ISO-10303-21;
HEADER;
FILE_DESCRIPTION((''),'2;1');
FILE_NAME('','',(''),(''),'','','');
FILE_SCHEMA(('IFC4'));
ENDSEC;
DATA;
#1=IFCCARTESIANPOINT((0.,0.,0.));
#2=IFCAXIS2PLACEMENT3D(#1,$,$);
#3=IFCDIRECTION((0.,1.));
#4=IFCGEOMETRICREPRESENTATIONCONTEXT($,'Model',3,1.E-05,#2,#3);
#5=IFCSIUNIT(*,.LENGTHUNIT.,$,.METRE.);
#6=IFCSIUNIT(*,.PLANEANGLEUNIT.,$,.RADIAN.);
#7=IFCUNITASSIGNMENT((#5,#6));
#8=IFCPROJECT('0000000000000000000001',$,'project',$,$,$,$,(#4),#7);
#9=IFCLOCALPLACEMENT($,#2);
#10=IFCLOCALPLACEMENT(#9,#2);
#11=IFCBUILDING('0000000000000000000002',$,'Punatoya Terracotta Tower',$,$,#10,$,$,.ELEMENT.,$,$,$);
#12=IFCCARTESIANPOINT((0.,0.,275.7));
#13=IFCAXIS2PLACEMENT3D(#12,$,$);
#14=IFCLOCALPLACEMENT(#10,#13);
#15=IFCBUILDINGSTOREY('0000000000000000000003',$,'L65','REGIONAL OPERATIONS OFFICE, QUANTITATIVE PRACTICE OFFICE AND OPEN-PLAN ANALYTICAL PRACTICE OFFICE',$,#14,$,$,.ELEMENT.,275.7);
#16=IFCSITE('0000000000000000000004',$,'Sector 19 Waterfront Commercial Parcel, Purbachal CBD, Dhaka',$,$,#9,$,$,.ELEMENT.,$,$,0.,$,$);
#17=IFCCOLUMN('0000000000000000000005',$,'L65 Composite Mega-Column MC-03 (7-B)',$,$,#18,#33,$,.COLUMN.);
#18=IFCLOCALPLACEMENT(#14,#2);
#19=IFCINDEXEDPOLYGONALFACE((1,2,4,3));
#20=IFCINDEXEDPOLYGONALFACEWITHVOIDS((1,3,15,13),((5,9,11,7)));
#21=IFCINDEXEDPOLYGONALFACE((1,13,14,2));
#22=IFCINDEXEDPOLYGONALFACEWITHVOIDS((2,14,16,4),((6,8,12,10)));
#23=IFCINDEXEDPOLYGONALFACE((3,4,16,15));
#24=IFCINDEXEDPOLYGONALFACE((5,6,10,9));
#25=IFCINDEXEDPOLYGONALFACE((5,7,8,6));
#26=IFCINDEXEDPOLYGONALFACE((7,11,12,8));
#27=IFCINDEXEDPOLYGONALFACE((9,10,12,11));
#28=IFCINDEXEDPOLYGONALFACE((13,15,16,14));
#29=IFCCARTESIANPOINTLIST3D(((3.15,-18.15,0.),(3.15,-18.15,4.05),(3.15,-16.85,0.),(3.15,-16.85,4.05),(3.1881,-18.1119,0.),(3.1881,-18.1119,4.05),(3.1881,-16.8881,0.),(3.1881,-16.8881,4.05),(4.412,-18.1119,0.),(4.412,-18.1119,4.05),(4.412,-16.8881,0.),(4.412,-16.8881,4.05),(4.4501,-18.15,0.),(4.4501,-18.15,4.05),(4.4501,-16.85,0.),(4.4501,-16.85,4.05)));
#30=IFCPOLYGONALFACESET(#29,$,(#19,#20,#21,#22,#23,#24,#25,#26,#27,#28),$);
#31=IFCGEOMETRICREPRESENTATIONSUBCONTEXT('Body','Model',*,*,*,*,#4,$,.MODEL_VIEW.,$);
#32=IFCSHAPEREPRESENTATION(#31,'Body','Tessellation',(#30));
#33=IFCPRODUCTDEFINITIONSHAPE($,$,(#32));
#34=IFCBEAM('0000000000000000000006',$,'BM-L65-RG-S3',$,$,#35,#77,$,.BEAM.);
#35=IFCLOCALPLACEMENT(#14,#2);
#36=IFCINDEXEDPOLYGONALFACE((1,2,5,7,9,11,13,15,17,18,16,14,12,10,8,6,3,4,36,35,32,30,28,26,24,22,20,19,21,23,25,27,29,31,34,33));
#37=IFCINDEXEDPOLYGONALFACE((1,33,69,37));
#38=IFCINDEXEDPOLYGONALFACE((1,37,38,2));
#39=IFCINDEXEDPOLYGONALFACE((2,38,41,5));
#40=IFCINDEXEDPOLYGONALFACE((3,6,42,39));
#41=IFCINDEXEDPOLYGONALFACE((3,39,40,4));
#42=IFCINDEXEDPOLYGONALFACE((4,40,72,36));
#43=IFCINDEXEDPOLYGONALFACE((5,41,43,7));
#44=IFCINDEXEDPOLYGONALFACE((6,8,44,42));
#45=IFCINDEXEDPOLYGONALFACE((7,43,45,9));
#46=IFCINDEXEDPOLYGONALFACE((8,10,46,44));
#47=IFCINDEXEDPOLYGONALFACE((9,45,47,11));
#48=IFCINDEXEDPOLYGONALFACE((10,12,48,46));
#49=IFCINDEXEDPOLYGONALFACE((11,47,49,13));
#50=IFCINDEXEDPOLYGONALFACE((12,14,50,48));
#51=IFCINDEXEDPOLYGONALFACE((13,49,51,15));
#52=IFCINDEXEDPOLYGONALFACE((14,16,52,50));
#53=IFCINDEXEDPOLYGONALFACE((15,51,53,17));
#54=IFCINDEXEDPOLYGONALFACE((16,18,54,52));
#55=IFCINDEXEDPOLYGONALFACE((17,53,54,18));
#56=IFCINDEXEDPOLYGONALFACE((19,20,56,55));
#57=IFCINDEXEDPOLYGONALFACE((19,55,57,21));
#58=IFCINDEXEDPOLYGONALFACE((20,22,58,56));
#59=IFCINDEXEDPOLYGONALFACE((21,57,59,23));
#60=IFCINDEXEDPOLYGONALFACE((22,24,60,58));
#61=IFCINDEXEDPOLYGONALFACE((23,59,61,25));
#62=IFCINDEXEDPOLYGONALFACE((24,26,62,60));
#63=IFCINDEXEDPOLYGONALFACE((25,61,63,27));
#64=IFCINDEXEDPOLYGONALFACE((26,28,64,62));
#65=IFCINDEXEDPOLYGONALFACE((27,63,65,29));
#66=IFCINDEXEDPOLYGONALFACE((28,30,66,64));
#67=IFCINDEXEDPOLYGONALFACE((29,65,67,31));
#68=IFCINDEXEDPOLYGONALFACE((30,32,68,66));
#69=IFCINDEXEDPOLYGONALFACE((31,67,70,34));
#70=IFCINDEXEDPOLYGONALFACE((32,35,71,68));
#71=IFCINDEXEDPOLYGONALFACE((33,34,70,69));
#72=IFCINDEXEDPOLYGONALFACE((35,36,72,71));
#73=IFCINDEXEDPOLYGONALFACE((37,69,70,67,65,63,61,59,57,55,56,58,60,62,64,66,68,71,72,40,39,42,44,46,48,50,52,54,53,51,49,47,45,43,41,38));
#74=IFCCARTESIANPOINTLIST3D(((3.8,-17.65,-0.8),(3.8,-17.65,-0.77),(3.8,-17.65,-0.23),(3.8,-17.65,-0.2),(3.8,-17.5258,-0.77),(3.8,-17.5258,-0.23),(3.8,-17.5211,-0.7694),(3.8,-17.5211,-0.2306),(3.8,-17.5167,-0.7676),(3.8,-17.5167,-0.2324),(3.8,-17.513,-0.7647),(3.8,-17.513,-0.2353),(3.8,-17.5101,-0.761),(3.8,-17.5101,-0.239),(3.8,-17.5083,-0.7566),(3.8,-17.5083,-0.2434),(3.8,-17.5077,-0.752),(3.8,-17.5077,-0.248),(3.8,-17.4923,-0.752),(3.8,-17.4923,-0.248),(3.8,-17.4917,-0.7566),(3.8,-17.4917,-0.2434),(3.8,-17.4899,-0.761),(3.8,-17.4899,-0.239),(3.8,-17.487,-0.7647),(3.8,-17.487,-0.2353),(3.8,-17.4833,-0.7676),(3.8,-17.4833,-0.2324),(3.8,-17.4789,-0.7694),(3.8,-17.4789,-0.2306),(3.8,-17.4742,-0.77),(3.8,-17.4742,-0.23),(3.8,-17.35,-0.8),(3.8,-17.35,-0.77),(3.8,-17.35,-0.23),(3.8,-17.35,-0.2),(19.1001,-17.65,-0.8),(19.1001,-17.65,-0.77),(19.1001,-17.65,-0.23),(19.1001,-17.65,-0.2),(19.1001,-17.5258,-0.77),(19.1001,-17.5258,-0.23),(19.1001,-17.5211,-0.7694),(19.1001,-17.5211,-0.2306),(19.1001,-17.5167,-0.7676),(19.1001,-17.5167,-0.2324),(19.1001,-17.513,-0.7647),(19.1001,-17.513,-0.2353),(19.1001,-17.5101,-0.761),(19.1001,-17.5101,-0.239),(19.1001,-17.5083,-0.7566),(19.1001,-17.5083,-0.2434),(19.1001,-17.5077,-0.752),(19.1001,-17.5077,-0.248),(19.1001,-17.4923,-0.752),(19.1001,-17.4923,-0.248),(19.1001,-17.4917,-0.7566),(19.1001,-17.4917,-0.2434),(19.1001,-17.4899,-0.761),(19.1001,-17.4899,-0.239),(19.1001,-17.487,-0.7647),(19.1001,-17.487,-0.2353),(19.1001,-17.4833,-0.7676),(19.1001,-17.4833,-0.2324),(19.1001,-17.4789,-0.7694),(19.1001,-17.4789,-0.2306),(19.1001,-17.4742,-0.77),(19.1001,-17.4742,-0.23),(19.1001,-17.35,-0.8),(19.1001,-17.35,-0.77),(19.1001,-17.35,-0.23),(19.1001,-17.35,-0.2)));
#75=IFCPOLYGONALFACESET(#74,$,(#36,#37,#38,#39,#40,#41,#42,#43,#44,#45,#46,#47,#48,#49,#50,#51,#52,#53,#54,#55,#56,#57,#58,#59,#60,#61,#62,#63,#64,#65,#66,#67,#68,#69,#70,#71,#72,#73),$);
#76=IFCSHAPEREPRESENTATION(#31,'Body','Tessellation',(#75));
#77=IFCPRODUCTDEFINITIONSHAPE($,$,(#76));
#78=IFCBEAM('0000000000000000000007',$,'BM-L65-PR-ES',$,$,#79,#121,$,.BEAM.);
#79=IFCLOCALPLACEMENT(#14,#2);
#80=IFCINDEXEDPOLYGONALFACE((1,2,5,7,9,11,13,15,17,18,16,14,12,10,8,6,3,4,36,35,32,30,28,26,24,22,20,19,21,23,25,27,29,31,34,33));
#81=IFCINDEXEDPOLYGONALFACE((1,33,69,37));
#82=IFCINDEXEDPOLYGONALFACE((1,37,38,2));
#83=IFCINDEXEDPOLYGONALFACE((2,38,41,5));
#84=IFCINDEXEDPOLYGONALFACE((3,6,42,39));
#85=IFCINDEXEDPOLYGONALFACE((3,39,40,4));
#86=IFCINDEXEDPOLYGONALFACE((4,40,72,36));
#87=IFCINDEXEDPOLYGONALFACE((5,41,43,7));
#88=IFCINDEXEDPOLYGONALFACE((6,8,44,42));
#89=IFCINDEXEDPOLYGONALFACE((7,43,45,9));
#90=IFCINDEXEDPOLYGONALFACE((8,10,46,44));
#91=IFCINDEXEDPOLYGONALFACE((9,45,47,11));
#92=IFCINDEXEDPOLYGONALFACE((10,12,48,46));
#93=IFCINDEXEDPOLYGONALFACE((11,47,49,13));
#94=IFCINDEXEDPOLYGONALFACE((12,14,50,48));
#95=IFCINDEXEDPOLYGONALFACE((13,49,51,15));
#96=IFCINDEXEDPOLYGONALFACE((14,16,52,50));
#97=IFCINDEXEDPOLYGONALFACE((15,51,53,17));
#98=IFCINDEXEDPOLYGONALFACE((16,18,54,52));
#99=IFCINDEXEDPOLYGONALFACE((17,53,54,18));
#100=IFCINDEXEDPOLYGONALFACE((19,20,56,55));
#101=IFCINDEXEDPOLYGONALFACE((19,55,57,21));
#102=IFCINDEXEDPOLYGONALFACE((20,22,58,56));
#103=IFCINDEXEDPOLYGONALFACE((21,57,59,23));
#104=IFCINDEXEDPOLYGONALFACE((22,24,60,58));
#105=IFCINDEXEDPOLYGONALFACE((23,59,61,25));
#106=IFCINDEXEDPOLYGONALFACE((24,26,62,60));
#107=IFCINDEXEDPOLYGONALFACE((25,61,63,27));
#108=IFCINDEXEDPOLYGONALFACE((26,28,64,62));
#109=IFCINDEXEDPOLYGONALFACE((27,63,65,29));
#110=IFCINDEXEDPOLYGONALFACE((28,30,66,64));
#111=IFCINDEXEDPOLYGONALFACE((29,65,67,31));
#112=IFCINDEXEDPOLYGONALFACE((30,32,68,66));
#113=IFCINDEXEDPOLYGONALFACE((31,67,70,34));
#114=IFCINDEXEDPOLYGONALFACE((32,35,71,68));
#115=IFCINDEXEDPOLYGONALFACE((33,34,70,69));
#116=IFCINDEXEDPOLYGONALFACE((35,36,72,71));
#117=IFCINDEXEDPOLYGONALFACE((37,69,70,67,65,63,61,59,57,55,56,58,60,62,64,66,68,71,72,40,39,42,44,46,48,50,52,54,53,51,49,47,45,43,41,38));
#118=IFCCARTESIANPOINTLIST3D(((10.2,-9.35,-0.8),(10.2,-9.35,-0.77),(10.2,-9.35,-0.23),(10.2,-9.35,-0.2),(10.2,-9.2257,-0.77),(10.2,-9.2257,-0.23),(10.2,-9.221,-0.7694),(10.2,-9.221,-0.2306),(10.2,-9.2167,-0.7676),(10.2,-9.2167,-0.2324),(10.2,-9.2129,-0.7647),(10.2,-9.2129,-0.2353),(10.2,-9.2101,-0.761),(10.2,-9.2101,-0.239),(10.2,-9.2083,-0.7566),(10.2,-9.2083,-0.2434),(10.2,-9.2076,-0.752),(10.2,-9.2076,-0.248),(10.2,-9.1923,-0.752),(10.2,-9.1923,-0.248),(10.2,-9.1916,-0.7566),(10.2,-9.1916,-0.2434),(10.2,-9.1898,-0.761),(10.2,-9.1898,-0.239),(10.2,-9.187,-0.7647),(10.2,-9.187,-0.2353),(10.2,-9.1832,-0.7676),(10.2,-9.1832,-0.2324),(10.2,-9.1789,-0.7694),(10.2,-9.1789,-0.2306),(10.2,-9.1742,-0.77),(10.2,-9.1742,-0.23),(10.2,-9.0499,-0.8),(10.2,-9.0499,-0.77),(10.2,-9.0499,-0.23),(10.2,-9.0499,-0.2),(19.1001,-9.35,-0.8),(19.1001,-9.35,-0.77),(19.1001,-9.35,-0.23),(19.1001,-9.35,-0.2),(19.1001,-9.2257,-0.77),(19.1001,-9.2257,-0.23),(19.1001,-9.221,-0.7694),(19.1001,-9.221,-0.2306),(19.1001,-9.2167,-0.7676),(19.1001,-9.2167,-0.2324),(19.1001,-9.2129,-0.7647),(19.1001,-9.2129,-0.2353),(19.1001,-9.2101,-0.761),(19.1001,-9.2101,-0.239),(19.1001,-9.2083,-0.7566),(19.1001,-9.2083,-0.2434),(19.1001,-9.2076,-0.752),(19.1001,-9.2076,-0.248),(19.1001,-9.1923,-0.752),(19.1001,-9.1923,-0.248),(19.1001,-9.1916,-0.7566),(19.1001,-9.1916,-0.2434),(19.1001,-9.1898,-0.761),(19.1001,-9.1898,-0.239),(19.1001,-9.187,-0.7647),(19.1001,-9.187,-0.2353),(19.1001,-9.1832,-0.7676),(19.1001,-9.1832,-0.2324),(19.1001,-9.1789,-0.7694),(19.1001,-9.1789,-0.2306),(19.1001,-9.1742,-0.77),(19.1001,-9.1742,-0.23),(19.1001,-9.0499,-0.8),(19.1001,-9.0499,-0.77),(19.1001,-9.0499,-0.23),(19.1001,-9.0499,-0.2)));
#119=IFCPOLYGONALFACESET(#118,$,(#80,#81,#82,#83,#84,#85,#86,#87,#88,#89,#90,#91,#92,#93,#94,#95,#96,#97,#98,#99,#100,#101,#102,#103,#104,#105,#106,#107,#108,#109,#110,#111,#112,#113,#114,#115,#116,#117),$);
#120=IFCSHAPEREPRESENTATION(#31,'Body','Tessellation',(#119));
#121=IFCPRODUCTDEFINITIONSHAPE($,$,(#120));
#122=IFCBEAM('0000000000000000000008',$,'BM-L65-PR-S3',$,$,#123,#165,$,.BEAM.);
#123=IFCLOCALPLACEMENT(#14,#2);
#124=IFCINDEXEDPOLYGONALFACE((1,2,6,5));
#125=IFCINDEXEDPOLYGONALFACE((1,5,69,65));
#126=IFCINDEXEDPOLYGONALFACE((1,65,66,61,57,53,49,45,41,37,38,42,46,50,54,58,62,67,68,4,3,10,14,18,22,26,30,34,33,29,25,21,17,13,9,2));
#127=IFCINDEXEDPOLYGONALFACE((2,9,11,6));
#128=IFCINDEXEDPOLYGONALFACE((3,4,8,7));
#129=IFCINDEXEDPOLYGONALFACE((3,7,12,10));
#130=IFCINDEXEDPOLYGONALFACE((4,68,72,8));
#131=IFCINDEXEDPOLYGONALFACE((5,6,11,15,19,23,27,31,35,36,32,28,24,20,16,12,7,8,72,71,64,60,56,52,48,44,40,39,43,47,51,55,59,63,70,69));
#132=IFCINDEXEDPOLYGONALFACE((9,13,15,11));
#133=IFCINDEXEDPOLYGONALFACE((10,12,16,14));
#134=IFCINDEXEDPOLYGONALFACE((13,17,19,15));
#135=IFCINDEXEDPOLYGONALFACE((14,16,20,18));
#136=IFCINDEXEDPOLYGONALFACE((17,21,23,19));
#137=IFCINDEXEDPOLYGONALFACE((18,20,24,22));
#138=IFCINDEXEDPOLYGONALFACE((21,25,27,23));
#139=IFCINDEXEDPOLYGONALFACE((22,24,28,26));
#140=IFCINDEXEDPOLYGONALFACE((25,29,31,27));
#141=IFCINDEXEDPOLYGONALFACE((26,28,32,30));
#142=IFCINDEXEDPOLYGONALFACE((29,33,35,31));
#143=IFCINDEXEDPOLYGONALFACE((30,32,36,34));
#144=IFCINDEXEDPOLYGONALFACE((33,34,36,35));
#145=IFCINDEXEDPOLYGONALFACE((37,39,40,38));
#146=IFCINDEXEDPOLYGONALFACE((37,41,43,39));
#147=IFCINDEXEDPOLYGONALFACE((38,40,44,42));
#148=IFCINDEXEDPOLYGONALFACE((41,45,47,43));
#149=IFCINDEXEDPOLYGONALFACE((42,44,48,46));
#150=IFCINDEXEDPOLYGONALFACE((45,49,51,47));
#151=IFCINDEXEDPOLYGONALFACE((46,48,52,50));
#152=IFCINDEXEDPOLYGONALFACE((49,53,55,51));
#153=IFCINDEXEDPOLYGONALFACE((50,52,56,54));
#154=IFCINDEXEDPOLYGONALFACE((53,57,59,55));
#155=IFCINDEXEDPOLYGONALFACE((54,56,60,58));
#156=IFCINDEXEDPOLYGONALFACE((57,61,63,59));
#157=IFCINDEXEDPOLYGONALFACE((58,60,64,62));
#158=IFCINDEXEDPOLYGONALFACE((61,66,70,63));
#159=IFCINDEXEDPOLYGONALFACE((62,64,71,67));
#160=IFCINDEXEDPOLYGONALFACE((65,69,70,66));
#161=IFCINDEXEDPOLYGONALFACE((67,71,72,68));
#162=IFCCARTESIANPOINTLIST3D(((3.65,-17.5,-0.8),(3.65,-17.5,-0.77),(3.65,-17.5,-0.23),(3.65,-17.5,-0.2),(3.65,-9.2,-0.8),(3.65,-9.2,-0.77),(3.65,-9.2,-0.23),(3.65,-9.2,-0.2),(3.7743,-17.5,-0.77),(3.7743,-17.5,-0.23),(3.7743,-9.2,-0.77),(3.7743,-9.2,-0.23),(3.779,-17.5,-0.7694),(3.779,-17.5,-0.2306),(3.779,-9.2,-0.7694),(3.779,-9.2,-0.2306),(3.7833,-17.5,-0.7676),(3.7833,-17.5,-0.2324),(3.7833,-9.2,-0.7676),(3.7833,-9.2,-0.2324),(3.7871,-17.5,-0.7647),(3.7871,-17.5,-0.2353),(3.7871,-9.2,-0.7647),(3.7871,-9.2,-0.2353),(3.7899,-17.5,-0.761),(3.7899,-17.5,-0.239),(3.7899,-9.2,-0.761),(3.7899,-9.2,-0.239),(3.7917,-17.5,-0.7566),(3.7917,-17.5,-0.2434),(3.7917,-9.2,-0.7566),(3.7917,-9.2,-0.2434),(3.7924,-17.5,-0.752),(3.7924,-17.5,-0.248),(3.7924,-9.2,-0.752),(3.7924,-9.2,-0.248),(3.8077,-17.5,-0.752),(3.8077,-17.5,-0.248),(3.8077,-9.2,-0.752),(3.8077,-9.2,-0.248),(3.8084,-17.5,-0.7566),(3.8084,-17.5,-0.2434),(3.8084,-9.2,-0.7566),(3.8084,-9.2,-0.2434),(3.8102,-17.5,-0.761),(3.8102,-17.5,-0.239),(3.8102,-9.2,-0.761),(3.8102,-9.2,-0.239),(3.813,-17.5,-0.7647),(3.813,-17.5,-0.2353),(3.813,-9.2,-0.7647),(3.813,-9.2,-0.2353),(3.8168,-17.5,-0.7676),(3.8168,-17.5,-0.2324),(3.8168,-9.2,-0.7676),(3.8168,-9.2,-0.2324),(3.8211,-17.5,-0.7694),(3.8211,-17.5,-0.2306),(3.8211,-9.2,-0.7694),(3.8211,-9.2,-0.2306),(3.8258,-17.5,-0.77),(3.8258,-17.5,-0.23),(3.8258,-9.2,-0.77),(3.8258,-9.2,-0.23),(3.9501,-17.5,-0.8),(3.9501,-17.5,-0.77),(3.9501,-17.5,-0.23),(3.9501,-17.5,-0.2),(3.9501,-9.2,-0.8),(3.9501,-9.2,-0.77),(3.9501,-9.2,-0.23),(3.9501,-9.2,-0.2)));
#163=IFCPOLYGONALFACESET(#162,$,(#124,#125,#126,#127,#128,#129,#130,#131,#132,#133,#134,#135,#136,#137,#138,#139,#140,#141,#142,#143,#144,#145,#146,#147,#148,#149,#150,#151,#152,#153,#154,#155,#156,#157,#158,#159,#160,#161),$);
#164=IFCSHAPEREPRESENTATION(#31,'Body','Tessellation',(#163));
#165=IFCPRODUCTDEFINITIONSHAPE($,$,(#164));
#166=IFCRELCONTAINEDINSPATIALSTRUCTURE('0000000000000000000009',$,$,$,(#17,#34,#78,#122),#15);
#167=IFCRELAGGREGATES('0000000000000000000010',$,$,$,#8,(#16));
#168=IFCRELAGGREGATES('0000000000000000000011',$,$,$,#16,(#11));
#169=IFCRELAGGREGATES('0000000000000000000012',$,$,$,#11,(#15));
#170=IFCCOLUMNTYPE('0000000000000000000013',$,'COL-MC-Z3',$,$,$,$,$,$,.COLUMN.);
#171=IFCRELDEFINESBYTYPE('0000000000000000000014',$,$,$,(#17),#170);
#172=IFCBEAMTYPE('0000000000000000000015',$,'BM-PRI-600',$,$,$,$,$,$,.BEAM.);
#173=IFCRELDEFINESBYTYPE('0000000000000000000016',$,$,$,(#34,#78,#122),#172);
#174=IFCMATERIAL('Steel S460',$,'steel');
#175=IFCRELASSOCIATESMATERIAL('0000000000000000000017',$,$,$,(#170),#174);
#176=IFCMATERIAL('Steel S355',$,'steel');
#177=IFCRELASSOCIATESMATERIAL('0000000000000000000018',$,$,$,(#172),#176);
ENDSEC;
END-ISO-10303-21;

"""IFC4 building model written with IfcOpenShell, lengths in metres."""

from ifc_helpers import new_model, si_unit, direction, frame, origin, origin_2d, place, context, subcontext, project, spatial, hollow_rectangle, i_section, extrude, material, material_profile, profile_set, type_object, element, save


model = new_model("IFC4")

# Units and contexts
model_context = context("Model", 3, precision=1e-05, world=origin(), true_north=direction((0.0, 1.0)))
body_context = subcontext(model_context, "Body", "Model", "MODEL_VIEW")
ifc_project = project(units=[si_unit("LENGTHUNIT", "METRE"), si_unit("PLANEANGLEUNIT", "RADIAN")], contexts=[model_context])

# Site, building, storey
site_placement = place(None, origin())
site = spatial("IfcSite", under=ifc_project, at=site_placement, Name="Sector 19 Waterfront Commercial Parcel, Purbachal CBD, Dhaka", CompositionType="ELEMENT", RefElevation=0.0)
building_placement = place(site_placement, origin())
building = spatial("IfcBuilding", under=site, at=building_placement, Name="Punatoya Terracotta Tower", CompositionType="ELEMENT")
storey_placement = place(building_placement, frame((0.0, 0.0, 275.7)))
storey = spatial("IfcBuildingStorey", under=building, at=storey_placement, Name="L65", Description="REGIONAL OPERATIONS OFFICE, QUANTITATIVE PRACTICE OFFICE AND OPEN-PLAN ANALYTICAL PRACTICE OFFICE", CompositionType="ELEMENT", Elevation=275.7)

# Column
ifc_material_1 = material(Name="Steel S460", Category="steel")
ifc_material_profile_1 = material_profile(ifc_material_1, hollow_rectangle(XDim=1.3, YDim=1.3, WallThickness=0.0381, at=origin_2d()))
ifc_profile_set_1 = profile_set([ifc_material_profile_1], Name="Steel S460")
column_type = type_object("IfcColumnType", Name="COL-MC-Z3", PredefinedType="COLUMN", material=ifc_profile_set_1)
column_placement = place(storey_placement, frame((3.8, -17.5, 0.0), z_axis=(0.0, 0.0, 1.0), x_axis=(1.0, 0.0, 0.0)))
element("IfcColumn", 1, at=column_placement, inside=storey, type_object=column_type, Name="L65 Composite Mega-Column MC-03 (7-B)", PredefinedType="COLUMN", context=body_context, shape_type="SweptSolid", body=[
    extrude(hollow_rectangle(XDim=1.3, YDim=1.3, WallThickness=0.0381, at=origin_2d()), origin(), (0.0, 0.0, 1.0), 4.05),
])

# Beams
ifc_material_2 = material(Name="Steel S355", Category="steel")
ifc_material_profile_2 = material_profile(ifc_material_2, i_section(OverallWidth=0.3, OverallDepth=0.6001, WebThickness=0.0154, FlangeThickness=0.03, FilletRadius=0.0181, at=origin_2d()))
ifc_profile_set_2 = profile_set([ifc_material_profile_2], Name="Steel S355")
beam_type_1 = type_object("IfcBeamType", Name="BM-PRI-600", PredefinedType="BEAM", material=ifc_profile_set_2)
beam_1_placement = place(storey_placement, frame((3.8, -17.5, -0.5), z_axis=(1.0, 0.0, 0.0), x_axis=(0.0, 1.0, 0.0)))
element("IfcBeam", 2, at=beam_1_placement, inside=storey, type_object=beam_type_1, Name="BM-L65-RG-S3", PredefinedType="BEAM", context=body_context, shape_type="SweptSolid", body=[
    extrude(i_section(OverallWidth=0.3, OverallDepth=0.6001, WebThickness=0.0154, FlangeThickness=0.03, FilletRadius=0.0181, at=origin_2d()), origin(), (0.0, 0.0, 1.0), 15.3),
])
beam_2_placement = place(storey_placement, frame((10.2, -9.2, -0.5), z_axis=(1.0, 0.0, 0.0), x_axis=(0.0, 1.0, 0.0)))
element("IfcBeam", 3, at=beam_2_placement, inside=storey, type_object=beam_type_1, Name="BM-L65-PR-ES", PredefinedType="BEAM", context=body_context, shape_type="SweptSolid", body=[
    extrude(i_section(OverallWidth=0.3, OverallDepth=0.6001, WebThickness=0.0154, FlangeThickness=0.03, FilletRadius=0.0181, at=origin_2d()), origin(), (0.0, 0.0, 1.0), 8.9001),
])
for number, where, z_axis, x_axis, name in (
    (4, (3.8, -17.5, -0.5), (0.0, 1.0, 0.0), (-1.0, 0.0, 0.0), "BM-L65-PR-S3"),
):
    element("IfcBeam", number, at=place(storey_placement, frame(where, z_axis=z_axis, x_axis=x_axis)), inside=storey, type_object=beam_type_1, Name=name, PredefinedType="BEAM", context=body_context, shape_type="SweptSolid", body=[
        extrude(i_section(OverallWidth=0.3, OverallDepth=0.6001, WebThickness=0.0154, FlangeThickness=0.03, FilletRadius=0.0181, at=origin_2d()), origin(), (0.0, 0.0, 1.0), 8.3),
    ])

save(model, "model.ifc")
